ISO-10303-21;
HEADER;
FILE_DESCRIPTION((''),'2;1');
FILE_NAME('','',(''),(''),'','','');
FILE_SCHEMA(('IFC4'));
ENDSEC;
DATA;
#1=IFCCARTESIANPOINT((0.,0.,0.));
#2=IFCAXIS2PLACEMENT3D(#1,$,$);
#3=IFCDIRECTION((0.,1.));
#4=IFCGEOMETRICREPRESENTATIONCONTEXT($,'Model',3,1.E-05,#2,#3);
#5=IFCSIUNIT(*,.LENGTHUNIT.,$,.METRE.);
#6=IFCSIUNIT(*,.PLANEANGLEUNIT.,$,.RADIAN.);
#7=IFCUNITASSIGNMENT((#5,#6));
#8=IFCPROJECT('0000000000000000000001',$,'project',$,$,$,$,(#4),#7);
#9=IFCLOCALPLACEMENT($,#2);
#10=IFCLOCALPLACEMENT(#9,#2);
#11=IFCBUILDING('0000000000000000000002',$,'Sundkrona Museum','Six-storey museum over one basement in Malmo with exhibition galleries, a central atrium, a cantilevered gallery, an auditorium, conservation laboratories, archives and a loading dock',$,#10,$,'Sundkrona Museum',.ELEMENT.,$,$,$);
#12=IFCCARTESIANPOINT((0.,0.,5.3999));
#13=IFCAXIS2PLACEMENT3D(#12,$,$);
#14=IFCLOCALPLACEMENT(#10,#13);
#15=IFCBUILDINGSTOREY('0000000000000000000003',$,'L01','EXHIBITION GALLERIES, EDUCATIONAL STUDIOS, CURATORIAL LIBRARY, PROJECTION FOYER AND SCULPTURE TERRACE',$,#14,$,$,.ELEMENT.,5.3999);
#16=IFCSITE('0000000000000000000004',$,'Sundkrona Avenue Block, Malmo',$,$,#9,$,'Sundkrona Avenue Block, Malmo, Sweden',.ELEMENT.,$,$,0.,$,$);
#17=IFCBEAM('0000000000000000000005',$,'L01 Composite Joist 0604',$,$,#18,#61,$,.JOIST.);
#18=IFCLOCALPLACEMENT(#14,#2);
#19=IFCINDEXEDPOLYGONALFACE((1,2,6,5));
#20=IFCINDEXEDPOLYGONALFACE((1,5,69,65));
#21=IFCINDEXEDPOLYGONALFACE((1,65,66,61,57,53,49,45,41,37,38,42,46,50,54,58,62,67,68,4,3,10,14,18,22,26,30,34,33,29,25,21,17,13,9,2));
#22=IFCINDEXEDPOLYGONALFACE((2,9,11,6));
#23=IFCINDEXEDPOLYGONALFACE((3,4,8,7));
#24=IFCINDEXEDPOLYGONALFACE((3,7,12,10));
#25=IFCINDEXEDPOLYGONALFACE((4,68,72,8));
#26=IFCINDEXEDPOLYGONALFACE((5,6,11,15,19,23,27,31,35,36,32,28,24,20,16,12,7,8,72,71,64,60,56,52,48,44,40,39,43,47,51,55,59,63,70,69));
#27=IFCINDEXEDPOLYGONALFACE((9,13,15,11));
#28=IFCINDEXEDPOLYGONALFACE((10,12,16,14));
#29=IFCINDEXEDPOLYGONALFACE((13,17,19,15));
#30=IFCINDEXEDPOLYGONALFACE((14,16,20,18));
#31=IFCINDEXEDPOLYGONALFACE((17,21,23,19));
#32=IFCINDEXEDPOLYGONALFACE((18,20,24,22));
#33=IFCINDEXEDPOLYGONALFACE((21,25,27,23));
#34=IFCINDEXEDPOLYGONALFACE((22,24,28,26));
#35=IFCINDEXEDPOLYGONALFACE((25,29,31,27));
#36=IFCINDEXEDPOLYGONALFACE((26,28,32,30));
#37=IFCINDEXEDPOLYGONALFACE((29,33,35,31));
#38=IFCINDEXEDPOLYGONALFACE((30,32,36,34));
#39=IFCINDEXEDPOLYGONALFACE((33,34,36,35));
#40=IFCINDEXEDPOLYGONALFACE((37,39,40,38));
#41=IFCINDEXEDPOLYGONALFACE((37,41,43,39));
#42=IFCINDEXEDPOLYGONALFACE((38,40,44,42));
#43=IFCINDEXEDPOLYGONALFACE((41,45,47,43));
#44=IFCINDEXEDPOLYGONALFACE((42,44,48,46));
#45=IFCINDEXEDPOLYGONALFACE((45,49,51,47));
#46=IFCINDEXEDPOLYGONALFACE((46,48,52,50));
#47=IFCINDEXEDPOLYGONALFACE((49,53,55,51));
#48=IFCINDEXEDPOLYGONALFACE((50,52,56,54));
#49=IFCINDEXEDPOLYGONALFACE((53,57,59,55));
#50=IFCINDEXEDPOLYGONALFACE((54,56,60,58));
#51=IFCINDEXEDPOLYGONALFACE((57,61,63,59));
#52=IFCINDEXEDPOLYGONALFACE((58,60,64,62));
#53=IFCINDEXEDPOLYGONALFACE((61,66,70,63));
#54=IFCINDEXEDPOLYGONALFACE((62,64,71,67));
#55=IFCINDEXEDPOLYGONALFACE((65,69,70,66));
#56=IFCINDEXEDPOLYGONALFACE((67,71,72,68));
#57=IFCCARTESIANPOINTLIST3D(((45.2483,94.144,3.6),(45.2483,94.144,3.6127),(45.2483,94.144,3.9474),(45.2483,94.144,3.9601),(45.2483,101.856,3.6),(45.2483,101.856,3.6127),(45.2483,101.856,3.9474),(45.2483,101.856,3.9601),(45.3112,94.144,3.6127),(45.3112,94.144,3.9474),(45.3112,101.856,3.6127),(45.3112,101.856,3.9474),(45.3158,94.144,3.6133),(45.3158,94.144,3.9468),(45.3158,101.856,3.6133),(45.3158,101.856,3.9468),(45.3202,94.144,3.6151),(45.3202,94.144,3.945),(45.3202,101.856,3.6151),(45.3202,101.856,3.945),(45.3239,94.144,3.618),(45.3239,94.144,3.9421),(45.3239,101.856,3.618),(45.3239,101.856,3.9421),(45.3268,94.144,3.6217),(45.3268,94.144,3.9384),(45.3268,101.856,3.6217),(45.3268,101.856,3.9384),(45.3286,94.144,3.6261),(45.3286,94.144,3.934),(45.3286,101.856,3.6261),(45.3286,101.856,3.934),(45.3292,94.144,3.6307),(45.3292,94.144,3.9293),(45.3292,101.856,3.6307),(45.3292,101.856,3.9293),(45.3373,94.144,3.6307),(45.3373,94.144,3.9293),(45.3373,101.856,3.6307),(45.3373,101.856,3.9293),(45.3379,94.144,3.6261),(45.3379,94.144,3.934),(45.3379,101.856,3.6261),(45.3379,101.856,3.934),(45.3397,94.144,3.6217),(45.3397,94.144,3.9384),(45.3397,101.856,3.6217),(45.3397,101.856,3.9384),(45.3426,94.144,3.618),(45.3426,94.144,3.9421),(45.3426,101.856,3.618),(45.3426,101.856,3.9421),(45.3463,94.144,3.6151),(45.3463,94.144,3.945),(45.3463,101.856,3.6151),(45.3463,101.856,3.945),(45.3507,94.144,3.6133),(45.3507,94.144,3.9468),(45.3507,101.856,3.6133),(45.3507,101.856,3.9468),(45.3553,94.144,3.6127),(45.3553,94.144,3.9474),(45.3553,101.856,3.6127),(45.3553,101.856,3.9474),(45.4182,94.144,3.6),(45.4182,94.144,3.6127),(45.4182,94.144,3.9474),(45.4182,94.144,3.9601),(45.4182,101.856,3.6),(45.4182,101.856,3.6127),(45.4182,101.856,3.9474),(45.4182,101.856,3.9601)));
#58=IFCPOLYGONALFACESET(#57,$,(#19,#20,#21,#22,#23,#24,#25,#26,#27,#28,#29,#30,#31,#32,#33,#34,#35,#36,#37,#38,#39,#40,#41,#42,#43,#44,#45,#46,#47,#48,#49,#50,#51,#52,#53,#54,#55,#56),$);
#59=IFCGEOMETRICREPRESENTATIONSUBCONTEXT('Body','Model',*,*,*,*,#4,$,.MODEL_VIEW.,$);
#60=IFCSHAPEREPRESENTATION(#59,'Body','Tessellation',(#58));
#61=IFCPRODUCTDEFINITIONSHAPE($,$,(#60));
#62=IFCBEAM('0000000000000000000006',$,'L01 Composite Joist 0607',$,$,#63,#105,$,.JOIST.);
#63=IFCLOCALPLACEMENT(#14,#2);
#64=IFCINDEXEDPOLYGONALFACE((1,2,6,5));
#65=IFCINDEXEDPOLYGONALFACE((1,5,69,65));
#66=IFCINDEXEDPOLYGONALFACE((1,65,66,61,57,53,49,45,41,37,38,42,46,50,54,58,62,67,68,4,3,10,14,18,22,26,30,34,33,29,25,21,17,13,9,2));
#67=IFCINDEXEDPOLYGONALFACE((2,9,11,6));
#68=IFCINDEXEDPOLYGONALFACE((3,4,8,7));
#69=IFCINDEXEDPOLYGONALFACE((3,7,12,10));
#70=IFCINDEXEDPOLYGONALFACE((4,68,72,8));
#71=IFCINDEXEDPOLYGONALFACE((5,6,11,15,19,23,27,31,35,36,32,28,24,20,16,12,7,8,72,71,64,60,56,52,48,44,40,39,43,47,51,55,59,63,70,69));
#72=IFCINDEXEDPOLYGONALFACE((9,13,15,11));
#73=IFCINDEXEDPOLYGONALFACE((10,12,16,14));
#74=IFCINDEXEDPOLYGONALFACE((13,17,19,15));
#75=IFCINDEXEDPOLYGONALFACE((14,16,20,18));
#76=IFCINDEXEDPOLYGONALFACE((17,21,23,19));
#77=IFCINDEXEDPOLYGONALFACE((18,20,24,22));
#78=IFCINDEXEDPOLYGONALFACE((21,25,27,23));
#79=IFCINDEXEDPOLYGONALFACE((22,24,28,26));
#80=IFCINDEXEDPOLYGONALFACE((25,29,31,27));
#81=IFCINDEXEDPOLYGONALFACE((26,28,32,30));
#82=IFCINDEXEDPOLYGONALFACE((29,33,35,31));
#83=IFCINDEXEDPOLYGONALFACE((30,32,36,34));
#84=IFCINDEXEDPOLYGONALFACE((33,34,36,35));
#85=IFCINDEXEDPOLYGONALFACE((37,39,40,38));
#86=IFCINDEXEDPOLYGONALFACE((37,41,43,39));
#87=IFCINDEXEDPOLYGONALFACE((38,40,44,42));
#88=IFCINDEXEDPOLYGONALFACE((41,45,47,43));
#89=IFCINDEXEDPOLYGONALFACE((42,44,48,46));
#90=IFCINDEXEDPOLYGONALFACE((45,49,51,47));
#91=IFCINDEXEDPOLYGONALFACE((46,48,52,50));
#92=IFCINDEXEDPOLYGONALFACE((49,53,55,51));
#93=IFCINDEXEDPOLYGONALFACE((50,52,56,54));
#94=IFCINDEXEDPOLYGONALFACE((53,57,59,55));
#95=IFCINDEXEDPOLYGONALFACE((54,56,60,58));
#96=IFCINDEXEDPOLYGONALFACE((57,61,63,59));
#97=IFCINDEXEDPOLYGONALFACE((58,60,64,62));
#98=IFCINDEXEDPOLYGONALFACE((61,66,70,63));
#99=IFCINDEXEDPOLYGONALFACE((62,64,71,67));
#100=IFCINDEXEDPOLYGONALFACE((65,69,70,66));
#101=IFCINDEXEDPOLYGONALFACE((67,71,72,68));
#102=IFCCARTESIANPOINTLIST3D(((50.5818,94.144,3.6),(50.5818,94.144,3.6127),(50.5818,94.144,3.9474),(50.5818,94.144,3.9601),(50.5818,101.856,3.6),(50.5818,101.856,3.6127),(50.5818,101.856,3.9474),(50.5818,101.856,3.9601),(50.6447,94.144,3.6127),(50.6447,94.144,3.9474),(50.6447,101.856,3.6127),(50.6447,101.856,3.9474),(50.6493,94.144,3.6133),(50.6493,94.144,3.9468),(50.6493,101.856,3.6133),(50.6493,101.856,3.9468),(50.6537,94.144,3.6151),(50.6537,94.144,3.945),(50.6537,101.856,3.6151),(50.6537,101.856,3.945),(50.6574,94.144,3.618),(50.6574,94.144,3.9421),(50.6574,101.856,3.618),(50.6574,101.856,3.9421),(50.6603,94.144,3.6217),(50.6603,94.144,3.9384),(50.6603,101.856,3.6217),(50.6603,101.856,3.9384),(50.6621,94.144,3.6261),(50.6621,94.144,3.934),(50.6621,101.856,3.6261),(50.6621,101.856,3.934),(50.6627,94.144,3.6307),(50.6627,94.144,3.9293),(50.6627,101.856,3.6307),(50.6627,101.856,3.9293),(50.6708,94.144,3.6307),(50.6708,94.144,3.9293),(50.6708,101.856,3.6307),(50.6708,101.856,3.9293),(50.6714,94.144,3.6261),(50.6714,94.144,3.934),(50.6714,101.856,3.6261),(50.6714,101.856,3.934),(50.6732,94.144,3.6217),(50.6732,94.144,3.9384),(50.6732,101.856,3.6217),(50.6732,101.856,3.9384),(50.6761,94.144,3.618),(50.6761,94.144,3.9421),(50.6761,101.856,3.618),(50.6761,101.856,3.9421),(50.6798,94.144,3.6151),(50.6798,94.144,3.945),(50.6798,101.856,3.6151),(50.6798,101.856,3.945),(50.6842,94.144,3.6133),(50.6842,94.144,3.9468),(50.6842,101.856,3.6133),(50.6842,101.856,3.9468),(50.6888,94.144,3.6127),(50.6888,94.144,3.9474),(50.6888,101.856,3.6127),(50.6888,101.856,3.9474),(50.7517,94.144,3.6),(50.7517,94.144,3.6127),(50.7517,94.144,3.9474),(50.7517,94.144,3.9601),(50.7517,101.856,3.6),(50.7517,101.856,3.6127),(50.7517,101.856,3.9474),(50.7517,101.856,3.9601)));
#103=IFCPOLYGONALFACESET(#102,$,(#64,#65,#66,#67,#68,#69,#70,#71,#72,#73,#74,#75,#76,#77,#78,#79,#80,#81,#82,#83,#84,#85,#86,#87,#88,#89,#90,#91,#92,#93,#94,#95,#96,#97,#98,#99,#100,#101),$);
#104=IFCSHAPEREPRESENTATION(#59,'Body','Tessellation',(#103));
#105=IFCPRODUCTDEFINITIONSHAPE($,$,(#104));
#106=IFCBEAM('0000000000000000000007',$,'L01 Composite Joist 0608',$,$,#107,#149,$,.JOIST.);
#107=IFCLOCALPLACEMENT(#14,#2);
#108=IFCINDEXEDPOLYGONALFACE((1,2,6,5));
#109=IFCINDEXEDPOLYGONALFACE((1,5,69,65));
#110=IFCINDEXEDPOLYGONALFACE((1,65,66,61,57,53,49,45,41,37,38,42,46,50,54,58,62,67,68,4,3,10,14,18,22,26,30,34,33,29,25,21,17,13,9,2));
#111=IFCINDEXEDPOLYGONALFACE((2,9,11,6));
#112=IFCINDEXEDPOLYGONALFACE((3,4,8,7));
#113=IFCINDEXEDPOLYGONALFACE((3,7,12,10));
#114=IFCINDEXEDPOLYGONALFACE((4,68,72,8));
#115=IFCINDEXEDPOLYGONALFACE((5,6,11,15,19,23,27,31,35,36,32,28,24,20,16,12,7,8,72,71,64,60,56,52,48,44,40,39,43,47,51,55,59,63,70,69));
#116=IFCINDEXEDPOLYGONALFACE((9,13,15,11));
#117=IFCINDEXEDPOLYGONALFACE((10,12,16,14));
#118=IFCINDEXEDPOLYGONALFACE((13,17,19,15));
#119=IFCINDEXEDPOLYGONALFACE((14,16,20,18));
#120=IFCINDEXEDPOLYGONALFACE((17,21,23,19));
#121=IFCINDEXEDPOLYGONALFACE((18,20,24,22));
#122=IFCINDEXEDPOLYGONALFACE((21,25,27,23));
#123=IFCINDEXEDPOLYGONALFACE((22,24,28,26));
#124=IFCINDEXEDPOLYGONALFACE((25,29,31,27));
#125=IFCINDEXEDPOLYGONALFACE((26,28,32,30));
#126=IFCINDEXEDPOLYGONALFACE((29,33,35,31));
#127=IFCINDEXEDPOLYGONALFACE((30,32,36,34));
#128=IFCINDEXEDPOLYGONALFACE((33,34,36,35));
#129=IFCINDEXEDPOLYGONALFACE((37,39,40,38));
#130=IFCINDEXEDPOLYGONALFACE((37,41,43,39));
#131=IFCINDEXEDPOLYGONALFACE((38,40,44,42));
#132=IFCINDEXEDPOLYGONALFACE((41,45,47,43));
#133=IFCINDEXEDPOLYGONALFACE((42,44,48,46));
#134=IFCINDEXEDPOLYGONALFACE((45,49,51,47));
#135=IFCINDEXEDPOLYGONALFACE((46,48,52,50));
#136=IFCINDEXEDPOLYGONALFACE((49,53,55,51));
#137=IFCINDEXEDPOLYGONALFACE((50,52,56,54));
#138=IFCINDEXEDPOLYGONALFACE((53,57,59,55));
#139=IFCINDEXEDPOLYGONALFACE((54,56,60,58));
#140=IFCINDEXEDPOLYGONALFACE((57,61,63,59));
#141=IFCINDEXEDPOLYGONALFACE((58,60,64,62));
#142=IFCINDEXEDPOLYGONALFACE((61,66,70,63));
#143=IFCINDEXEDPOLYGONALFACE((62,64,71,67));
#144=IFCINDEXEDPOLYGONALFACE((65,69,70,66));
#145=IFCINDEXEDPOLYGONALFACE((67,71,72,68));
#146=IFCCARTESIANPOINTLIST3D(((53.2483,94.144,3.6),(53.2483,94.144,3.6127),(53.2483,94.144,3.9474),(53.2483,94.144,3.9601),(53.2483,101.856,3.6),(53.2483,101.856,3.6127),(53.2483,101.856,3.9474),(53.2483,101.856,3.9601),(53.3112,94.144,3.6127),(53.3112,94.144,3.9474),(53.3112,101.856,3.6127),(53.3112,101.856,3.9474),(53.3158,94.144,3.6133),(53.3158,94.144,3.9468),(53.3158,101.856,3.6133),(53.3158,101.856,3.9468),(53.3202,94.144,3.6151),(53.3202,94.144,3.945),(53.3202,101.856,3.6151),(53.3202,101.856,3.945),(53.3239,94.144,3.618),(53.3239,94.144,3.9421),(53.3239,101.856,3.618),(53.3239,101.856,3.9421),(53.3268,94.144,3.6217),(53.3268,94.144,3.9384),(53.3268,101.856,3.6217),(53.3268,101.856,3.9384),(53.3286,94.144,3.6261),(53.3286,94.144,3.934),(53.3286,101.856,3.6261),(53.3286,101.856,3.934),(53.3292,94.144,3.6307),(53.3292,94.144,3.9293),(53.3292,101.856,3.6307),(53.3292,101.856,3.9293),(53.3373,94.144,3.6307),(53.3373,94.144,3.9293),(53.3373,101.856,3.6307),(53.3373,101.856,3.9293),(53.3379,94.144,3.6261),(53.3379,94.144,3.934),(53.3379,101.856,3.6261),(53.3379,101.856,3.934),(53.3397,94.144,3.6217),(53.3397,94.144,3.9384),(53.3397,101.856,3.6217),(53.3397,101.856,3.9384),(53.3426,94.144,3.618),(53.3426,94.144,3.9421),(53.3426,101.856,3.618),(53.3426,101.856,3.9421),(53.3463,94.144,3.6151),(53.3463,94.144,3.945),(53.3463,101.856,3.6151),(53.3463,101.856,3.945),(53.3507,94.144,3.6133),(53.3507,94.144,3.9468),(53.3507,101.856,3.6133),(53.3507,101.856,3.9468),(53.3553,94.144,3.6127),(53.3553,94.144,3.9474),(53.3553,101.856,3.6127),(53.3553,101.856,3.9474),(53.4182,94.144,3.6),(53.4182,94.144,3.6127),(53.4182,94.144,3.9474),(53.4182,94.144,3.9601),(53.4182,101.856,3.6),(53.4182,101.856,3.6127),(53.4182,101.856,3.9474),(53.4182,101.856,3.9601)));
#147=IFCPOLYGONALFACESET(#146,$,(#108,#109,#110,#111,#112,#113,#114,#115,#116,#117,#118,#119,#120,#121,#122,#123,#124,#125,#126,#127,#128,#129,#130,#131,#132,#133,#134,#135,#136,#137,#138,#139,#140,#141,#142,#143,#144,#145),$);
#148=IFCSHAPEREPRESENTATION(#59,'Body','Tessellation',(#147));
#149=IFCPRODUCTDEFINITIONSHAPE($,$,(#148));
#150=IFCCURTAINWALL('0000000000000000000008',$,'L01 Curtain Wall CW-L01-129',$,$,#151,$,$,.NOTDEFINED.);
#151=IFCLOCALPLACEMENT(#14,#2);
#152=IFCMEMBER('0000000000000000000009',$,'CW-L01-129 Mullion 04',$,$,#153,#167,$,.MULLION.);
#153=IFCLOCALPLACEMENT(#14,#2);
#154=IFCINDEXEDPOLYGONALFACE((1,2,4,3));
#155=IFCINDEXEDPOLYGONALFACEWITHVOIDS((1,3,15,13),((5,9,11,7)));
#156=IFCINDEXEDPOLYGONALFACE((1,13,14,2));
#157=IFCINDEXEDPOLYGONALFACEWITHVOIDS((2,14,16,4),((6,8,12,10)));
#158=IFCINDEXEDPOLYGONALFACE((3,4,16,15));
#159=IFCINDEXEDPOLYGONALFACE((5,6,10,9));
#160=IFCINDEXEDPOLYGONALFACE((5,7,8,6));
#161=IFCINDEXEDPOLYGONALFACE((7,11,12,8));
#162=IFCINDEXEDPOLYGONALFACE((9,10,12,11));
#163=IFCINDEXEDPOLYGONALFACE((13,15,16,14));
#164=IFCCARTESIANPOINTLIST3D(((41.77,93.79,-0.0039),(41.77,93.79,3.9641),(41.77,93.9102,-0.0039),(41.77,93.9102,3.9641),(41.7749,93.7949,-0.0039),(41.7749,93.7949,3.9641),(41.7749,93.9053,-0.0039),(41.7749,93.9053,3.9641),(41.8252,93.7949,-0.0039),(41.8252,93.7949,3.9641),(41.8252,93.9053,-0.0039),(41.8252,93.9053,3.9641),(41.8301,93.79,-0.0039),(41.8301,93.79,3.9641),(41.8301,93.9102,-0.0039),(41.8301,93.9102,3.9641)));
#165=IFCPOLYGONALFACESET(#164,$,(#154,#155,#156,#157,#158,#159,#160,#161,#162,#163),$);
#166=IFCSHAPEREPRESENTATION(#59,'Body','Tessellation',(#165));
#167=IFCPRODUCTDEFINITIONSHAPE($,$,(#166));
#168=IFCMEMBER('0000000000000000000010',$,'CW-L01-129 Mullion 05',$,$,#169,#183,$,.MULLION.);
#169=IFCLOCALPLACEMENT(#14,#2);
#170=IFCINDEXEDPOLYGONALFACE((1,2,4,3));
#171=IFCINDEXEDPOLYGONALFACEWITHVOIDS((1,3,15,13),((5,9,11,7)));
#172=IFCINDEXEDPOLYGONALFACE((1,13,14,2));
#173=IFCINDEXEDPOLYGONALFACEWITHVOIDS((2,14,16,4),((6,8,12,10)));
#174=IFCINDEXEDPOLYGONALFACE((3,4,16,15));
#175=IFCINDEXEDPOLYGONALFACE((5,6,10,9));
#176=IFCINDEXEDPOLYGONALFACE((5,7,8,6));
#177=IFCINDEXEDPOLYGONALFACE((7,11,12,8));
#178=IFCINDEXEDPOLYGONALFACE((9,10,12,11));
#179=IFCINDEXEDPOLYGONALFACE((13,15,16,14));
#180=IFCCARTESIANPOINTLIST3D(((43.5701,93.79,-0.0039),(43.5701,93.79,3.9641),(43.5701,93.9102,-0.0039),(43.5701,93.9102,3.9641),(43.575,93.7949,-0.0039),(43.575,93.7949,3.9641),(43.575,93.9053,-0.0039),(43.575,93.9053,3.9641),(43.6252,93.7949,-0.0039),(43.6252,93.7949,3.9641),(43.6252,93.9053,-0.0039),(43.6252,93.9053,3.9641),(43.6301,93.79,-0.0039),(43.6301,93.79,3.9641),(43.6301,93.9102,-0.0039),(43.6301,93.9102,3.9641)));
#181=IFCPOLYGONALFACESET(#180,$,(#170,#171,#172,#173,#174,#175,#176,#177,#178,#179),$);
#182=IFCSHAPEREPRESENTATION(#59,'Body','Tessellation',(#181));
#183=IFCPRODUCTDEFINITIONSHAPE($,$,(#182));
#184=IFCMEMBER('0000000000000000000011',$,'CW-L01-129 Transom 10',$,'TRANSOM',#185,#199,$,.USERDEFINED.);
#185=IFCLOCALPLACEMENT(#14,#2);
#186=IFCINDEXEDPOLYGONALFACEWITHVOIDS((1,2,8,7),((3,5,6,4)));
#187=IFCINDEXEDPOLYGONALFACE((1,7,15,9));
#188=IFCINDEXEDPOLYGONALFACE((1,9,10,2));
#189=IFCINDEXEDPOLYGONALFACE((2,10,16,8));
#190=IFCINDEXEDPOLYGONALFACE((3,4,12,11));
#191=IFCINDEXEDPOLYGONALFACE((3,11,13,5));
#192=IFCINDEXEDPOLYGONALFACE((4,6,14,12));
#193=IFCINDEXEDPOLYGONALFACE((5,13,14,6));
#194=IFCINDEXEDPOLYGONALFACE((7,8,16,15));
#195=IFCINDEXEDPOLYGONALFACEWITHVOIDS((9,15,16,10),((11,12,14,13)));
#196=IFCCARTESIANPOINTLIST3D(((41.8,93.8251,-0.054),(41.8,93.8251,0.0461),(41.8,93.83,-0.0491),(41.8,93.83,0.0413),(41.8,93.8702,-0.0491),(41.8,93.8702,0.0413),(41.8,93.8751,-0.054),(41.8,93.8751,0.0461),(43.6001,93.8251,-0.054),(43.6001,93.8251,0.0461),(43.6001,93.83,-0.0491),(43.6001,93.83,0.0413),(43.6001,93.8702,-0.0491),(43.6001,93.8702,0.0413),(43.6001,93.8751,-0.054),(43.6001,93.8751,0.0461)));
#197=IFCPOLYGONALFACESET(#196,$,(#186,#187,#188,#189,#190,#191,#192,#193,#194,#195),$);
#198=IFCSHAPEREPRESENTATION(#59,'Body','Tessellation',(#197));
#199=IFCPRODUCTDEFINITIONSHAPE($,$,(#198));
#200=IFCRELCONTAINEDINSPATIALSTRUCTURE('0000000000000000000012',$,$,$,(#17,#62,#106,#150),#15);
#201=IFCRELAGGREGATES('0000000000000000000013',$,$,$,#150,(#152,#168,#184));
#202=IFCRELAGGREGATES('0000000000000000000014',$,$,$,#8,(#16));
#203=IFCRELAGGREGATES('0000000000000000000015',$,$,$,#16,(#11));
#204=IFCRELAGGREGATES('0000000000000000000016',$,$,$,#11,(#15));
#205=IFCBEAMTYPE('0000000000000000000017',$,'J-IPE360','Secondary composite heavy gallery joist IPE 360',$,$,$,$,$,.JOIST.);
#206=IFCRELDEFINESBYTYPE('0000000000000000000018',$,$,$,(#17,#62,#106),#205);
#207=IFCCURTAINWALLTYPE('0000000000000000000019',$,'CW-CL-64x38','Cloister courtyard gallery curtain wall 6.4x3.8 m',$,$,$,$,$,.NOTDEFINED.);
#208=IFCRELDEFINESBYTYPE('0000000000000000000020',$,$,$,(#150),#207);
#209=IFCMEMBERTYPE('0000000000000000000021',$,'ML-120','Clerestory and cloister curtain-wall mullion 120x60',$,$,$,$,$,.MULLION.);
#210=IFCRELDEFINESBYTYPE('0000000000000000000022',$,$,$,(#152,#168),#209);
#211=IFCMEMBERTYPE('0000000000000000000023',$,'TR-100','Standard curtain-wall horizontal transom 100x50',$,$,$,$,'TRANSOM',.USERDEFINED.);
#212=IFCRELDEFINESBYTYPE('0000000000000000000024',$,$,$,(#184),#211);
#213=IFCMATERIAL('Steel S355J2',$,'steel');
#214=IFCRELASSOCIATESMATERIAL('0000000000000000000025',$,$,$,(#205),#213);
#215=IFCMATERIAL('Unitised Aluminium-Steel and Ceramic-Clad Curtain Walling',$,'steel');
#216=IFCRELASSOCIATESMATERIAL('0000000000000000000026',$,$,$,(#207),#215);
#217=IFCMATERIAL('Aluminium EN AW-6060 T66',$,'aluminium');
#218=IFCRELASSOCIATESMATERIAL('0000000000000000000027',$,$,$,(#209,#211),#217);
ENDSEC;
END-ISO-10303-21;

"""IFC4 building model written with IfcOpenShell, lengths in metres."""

from ifc_helpers import new_model, si_unit, direction, frame, origin, origin_2d, place, context, subcontext, project, spatial, hollow_rectangle, i_section, extrude, material, material_profile, profile_set, type_object, element, aggregate, save


model = new_model("IFC4")

# Units and contexts
model_context = context("Model", 3, precision=1e-05, world=origin(), true_north=direction((0.0, 1.0)))
body_context = subcontext(model_context, "Body", "Model", "MODEL_VIEW")
ifc_project = project(units=[si_unit("LENGTHUNIT", "METRE"), si_unit("PLANEANGLEUNIT", "RADIAN")], contexts=[model_context])

# Site, building, storey
site_placement = place(None, origin())
site = spatial("IfcSite", under=ifc_project, at=site_placement, Name="Sundkrona Avenue Block, Malmo", LongName="Sundkrona Avenue Block, Malmo, Sweden", CompositionType="ELEMENT", RefElevation=0.0)
building_placement = place(site_placement, origin())
building = spatial("IfcBuilding", under=site, at=building_placement, Name="Sundkrona Museum", Description="Six-storey museum over one basement in Malmo with exhibition galleries, a central atrium, a cantilevered gallery, an auditorium, conservation laboratories, archives and a loading dock", LongName="Sundkrona Museum", CompositionType="ELEMENT")
storey_placement = place(building_placement, frame((0.0, 0.0, 5.3999)))
storey = spatial("IfcBuildingStorey", under=building, at=storey_placement, Name="L01", Description="EXHIBITION GALLERIES, EDUCATIONAL STUDIOS, CURATORIAL LIBRARY, PROJECTION FOYER AND SCULPTURE TERRACE", CompositionType="ELEMENT", Elevation=5.3999)

# Shared definitions
ifc_material_1 = material(Name="Steel S355J2", Category="steel")

# Beams
ifc_material_profile_1 = material_profile(ifc_material_1, i_section(OverallWidth=0.1699, OverallDepth=0.3601, WebThickness=0.0081, FlangeThickness=0.0127, FilletRadius=0.0181, at=origin_2d()), Name="IPE 360")
ifc_profile_set_1 = profile_set([ifc_material_profile_1], Name="Steel S355J2")
beam_type_1 = type_object("IfcBeamType", Name="J-IPE360", Description="Secondary composite heavy gallery joist IPE 360", PredefinedType="JOIST", material=ifc_profile_set_1)
for number, where, z_axis, x_axis, name in (
    (1, (45.3333, 94.144, 3.78), (0.0, 1.0, 0.0), (-1.0, 0.0, 0.0), "L01 Composite Joist 0604"),
    (2, (50.6667, 94.144, 3.78), (0.0, 1.0, 0.0), (-1.0, 0.0, 0.0), "L01 Composite Joist 0607"),
    (3, (53.3333, 94.144, 3.78), (0.0, 1.0, 0.0), (-1.0, 0.0, 0.0), "L01 Composite Joist 0608"),
):
    element("IfcBeam", number, at=place(storey_placement, frame(where, z_axis=z_axis, x_axis=x_axis)), inside=storey, type_object=beam_type_1, Name=name, PredefinedType="JOIST", context=body_context, shape_type="SweptSolid", body=[
        extrude(i_section(OverallWidth=0.1699, OverallDepth=0.3601, WebThickness=0.0081, FlangeThickness=0.0127, FilletRadius=0.0181, at=origin_2d()), origin(), (0.0, 0.0, 1.0), 7.7119),
    ])

# Curtain wall, members
ifc_material_2 = material(Name="Unitised Aluminium-Steel and Ceramic-Clad Curtain Walling", Category="steel")
curtain_wall_type = type_object("IfcCurtainWallType", Name="CW-CL-64x38", Description="Cloister courtyard gallery curtain wall 6.4x3.8 m", PredefinedType="NOTDEFINED", material=ifc_material_2)
curtain_wall_placement = place(storey_placement, origin())
curtain_wall = element("IfcCurtainWall", 4, at=curtain_wall_placement, inside=storey, type_object=curtain_wall_type, Name="L01 Curtain Wall CW-L01-129", PredefinedType="NOTDEFINED")
ifc_material_3 = material(Name="Aluminium EN AW-6060 T66", Category="aluminium")
ifc_material_profile_2 = material_profile(ifc_material_3, hollow_rectangle(XDim=0.0601, YDim=0.1201, WallThickness=0.0049, at=origin_2d()), Name="RHS 120x60x5.0")
ifc_profile_set_2 = profile_set([ifc_material_profile_2], Name="Aluminium EN AW-6060 T66")
member_type_1 = type_object("IfcMemberType", Name="ML-120", Description="Clerestory and cloister curtain-wall mullion 120x60", PredefinedType="MULLION", material=ifc_profile_set_2)
member_1_placement = place(storey_placement, frame((41.8, 93.8501, -0.0039), z_axis=(0.0, 0.0, 1.0), x_axis=(1.0, 0.0, 0.0)))
member_1 = element("IfcMember", 5, at=member_1_placement, type_object=member_type_1, Name="CW-L01-129 Mullion 04", PredefinedType="MULLION", context=body_context, shape_type="SweptSolid", body=[
    extrude(hollow_rectangle(XDim=0.0601, YDim=0.1201, WallThickness=0.0049, at=origin_2d()), origin(), (0.0, 0.0, 1.0), 3.968),
])
member_2_placement = place(storey_placement, frame((43.6001, 93.8501, -0.0039), z_axis=(0.0, 0.0, 1.0), x_axis=(1.0, 0.0, 0.0)))
member_2 = element("IfcMember", 6, at=member_2_placement, type_object=member_type_1, Name="CW-L01-129 Mullion 05", PredefinedType="MULLION", context=body_context, shape_type="SweptSolid", body=[
    extrude(hollow_rectangle(XDim=0.0601, YDim=0.1201, WallThickness=0.0049, at=origin_2d()), origin(), (0.0, 0.0, 1.0), 3.968),
])
ifc_material_profile_3 = material_profile(ifc_material_3, hollow_rectangle(XDim=0.05, YDim=0.1001, WallThickness=0.0049, at=origin_2d()), Name="RHS 100x50x5.0")
ifc_profile_set_3 = profile_set([ifc_material_profile_3], Name="Aluminium EN AW-6060 T66")
member_type_2 = type_object("IfcMemberType", Name="TR-100", Description="Standard curtain-wall horizontal transom 100x50", ElementType="TRANSOM", PredefinedType="USERDEFINED", material=ifc_profile_set_3)
member_3_placement = place(storey_placement, frame((41.8, 93.8501, -0.0039), z_axis=(1.0, 0.0, 0.0), x_axis=(0.0, 1.0, 0.0)))
member_3 = element("IfcMember", 7, at=member_3_placement, type_object=member_type_2, Name="CW-L01-129 Transom 10", ObjectType="TRANSOM", PredefinedType="USERDEFINED", context=body_context, shape_type="SweptSolid", body=[
    extrude(hollow_rectangle(XDim=0.05, YDim=0.1001, WallThickness=0.0049, at=origin_2d()), origin(), (0.0, 0.0, 1.0), 1.8),
])
aggregate(curtain_wall, [member_1, member_2, member_3])

save(model, "model.ifc")
